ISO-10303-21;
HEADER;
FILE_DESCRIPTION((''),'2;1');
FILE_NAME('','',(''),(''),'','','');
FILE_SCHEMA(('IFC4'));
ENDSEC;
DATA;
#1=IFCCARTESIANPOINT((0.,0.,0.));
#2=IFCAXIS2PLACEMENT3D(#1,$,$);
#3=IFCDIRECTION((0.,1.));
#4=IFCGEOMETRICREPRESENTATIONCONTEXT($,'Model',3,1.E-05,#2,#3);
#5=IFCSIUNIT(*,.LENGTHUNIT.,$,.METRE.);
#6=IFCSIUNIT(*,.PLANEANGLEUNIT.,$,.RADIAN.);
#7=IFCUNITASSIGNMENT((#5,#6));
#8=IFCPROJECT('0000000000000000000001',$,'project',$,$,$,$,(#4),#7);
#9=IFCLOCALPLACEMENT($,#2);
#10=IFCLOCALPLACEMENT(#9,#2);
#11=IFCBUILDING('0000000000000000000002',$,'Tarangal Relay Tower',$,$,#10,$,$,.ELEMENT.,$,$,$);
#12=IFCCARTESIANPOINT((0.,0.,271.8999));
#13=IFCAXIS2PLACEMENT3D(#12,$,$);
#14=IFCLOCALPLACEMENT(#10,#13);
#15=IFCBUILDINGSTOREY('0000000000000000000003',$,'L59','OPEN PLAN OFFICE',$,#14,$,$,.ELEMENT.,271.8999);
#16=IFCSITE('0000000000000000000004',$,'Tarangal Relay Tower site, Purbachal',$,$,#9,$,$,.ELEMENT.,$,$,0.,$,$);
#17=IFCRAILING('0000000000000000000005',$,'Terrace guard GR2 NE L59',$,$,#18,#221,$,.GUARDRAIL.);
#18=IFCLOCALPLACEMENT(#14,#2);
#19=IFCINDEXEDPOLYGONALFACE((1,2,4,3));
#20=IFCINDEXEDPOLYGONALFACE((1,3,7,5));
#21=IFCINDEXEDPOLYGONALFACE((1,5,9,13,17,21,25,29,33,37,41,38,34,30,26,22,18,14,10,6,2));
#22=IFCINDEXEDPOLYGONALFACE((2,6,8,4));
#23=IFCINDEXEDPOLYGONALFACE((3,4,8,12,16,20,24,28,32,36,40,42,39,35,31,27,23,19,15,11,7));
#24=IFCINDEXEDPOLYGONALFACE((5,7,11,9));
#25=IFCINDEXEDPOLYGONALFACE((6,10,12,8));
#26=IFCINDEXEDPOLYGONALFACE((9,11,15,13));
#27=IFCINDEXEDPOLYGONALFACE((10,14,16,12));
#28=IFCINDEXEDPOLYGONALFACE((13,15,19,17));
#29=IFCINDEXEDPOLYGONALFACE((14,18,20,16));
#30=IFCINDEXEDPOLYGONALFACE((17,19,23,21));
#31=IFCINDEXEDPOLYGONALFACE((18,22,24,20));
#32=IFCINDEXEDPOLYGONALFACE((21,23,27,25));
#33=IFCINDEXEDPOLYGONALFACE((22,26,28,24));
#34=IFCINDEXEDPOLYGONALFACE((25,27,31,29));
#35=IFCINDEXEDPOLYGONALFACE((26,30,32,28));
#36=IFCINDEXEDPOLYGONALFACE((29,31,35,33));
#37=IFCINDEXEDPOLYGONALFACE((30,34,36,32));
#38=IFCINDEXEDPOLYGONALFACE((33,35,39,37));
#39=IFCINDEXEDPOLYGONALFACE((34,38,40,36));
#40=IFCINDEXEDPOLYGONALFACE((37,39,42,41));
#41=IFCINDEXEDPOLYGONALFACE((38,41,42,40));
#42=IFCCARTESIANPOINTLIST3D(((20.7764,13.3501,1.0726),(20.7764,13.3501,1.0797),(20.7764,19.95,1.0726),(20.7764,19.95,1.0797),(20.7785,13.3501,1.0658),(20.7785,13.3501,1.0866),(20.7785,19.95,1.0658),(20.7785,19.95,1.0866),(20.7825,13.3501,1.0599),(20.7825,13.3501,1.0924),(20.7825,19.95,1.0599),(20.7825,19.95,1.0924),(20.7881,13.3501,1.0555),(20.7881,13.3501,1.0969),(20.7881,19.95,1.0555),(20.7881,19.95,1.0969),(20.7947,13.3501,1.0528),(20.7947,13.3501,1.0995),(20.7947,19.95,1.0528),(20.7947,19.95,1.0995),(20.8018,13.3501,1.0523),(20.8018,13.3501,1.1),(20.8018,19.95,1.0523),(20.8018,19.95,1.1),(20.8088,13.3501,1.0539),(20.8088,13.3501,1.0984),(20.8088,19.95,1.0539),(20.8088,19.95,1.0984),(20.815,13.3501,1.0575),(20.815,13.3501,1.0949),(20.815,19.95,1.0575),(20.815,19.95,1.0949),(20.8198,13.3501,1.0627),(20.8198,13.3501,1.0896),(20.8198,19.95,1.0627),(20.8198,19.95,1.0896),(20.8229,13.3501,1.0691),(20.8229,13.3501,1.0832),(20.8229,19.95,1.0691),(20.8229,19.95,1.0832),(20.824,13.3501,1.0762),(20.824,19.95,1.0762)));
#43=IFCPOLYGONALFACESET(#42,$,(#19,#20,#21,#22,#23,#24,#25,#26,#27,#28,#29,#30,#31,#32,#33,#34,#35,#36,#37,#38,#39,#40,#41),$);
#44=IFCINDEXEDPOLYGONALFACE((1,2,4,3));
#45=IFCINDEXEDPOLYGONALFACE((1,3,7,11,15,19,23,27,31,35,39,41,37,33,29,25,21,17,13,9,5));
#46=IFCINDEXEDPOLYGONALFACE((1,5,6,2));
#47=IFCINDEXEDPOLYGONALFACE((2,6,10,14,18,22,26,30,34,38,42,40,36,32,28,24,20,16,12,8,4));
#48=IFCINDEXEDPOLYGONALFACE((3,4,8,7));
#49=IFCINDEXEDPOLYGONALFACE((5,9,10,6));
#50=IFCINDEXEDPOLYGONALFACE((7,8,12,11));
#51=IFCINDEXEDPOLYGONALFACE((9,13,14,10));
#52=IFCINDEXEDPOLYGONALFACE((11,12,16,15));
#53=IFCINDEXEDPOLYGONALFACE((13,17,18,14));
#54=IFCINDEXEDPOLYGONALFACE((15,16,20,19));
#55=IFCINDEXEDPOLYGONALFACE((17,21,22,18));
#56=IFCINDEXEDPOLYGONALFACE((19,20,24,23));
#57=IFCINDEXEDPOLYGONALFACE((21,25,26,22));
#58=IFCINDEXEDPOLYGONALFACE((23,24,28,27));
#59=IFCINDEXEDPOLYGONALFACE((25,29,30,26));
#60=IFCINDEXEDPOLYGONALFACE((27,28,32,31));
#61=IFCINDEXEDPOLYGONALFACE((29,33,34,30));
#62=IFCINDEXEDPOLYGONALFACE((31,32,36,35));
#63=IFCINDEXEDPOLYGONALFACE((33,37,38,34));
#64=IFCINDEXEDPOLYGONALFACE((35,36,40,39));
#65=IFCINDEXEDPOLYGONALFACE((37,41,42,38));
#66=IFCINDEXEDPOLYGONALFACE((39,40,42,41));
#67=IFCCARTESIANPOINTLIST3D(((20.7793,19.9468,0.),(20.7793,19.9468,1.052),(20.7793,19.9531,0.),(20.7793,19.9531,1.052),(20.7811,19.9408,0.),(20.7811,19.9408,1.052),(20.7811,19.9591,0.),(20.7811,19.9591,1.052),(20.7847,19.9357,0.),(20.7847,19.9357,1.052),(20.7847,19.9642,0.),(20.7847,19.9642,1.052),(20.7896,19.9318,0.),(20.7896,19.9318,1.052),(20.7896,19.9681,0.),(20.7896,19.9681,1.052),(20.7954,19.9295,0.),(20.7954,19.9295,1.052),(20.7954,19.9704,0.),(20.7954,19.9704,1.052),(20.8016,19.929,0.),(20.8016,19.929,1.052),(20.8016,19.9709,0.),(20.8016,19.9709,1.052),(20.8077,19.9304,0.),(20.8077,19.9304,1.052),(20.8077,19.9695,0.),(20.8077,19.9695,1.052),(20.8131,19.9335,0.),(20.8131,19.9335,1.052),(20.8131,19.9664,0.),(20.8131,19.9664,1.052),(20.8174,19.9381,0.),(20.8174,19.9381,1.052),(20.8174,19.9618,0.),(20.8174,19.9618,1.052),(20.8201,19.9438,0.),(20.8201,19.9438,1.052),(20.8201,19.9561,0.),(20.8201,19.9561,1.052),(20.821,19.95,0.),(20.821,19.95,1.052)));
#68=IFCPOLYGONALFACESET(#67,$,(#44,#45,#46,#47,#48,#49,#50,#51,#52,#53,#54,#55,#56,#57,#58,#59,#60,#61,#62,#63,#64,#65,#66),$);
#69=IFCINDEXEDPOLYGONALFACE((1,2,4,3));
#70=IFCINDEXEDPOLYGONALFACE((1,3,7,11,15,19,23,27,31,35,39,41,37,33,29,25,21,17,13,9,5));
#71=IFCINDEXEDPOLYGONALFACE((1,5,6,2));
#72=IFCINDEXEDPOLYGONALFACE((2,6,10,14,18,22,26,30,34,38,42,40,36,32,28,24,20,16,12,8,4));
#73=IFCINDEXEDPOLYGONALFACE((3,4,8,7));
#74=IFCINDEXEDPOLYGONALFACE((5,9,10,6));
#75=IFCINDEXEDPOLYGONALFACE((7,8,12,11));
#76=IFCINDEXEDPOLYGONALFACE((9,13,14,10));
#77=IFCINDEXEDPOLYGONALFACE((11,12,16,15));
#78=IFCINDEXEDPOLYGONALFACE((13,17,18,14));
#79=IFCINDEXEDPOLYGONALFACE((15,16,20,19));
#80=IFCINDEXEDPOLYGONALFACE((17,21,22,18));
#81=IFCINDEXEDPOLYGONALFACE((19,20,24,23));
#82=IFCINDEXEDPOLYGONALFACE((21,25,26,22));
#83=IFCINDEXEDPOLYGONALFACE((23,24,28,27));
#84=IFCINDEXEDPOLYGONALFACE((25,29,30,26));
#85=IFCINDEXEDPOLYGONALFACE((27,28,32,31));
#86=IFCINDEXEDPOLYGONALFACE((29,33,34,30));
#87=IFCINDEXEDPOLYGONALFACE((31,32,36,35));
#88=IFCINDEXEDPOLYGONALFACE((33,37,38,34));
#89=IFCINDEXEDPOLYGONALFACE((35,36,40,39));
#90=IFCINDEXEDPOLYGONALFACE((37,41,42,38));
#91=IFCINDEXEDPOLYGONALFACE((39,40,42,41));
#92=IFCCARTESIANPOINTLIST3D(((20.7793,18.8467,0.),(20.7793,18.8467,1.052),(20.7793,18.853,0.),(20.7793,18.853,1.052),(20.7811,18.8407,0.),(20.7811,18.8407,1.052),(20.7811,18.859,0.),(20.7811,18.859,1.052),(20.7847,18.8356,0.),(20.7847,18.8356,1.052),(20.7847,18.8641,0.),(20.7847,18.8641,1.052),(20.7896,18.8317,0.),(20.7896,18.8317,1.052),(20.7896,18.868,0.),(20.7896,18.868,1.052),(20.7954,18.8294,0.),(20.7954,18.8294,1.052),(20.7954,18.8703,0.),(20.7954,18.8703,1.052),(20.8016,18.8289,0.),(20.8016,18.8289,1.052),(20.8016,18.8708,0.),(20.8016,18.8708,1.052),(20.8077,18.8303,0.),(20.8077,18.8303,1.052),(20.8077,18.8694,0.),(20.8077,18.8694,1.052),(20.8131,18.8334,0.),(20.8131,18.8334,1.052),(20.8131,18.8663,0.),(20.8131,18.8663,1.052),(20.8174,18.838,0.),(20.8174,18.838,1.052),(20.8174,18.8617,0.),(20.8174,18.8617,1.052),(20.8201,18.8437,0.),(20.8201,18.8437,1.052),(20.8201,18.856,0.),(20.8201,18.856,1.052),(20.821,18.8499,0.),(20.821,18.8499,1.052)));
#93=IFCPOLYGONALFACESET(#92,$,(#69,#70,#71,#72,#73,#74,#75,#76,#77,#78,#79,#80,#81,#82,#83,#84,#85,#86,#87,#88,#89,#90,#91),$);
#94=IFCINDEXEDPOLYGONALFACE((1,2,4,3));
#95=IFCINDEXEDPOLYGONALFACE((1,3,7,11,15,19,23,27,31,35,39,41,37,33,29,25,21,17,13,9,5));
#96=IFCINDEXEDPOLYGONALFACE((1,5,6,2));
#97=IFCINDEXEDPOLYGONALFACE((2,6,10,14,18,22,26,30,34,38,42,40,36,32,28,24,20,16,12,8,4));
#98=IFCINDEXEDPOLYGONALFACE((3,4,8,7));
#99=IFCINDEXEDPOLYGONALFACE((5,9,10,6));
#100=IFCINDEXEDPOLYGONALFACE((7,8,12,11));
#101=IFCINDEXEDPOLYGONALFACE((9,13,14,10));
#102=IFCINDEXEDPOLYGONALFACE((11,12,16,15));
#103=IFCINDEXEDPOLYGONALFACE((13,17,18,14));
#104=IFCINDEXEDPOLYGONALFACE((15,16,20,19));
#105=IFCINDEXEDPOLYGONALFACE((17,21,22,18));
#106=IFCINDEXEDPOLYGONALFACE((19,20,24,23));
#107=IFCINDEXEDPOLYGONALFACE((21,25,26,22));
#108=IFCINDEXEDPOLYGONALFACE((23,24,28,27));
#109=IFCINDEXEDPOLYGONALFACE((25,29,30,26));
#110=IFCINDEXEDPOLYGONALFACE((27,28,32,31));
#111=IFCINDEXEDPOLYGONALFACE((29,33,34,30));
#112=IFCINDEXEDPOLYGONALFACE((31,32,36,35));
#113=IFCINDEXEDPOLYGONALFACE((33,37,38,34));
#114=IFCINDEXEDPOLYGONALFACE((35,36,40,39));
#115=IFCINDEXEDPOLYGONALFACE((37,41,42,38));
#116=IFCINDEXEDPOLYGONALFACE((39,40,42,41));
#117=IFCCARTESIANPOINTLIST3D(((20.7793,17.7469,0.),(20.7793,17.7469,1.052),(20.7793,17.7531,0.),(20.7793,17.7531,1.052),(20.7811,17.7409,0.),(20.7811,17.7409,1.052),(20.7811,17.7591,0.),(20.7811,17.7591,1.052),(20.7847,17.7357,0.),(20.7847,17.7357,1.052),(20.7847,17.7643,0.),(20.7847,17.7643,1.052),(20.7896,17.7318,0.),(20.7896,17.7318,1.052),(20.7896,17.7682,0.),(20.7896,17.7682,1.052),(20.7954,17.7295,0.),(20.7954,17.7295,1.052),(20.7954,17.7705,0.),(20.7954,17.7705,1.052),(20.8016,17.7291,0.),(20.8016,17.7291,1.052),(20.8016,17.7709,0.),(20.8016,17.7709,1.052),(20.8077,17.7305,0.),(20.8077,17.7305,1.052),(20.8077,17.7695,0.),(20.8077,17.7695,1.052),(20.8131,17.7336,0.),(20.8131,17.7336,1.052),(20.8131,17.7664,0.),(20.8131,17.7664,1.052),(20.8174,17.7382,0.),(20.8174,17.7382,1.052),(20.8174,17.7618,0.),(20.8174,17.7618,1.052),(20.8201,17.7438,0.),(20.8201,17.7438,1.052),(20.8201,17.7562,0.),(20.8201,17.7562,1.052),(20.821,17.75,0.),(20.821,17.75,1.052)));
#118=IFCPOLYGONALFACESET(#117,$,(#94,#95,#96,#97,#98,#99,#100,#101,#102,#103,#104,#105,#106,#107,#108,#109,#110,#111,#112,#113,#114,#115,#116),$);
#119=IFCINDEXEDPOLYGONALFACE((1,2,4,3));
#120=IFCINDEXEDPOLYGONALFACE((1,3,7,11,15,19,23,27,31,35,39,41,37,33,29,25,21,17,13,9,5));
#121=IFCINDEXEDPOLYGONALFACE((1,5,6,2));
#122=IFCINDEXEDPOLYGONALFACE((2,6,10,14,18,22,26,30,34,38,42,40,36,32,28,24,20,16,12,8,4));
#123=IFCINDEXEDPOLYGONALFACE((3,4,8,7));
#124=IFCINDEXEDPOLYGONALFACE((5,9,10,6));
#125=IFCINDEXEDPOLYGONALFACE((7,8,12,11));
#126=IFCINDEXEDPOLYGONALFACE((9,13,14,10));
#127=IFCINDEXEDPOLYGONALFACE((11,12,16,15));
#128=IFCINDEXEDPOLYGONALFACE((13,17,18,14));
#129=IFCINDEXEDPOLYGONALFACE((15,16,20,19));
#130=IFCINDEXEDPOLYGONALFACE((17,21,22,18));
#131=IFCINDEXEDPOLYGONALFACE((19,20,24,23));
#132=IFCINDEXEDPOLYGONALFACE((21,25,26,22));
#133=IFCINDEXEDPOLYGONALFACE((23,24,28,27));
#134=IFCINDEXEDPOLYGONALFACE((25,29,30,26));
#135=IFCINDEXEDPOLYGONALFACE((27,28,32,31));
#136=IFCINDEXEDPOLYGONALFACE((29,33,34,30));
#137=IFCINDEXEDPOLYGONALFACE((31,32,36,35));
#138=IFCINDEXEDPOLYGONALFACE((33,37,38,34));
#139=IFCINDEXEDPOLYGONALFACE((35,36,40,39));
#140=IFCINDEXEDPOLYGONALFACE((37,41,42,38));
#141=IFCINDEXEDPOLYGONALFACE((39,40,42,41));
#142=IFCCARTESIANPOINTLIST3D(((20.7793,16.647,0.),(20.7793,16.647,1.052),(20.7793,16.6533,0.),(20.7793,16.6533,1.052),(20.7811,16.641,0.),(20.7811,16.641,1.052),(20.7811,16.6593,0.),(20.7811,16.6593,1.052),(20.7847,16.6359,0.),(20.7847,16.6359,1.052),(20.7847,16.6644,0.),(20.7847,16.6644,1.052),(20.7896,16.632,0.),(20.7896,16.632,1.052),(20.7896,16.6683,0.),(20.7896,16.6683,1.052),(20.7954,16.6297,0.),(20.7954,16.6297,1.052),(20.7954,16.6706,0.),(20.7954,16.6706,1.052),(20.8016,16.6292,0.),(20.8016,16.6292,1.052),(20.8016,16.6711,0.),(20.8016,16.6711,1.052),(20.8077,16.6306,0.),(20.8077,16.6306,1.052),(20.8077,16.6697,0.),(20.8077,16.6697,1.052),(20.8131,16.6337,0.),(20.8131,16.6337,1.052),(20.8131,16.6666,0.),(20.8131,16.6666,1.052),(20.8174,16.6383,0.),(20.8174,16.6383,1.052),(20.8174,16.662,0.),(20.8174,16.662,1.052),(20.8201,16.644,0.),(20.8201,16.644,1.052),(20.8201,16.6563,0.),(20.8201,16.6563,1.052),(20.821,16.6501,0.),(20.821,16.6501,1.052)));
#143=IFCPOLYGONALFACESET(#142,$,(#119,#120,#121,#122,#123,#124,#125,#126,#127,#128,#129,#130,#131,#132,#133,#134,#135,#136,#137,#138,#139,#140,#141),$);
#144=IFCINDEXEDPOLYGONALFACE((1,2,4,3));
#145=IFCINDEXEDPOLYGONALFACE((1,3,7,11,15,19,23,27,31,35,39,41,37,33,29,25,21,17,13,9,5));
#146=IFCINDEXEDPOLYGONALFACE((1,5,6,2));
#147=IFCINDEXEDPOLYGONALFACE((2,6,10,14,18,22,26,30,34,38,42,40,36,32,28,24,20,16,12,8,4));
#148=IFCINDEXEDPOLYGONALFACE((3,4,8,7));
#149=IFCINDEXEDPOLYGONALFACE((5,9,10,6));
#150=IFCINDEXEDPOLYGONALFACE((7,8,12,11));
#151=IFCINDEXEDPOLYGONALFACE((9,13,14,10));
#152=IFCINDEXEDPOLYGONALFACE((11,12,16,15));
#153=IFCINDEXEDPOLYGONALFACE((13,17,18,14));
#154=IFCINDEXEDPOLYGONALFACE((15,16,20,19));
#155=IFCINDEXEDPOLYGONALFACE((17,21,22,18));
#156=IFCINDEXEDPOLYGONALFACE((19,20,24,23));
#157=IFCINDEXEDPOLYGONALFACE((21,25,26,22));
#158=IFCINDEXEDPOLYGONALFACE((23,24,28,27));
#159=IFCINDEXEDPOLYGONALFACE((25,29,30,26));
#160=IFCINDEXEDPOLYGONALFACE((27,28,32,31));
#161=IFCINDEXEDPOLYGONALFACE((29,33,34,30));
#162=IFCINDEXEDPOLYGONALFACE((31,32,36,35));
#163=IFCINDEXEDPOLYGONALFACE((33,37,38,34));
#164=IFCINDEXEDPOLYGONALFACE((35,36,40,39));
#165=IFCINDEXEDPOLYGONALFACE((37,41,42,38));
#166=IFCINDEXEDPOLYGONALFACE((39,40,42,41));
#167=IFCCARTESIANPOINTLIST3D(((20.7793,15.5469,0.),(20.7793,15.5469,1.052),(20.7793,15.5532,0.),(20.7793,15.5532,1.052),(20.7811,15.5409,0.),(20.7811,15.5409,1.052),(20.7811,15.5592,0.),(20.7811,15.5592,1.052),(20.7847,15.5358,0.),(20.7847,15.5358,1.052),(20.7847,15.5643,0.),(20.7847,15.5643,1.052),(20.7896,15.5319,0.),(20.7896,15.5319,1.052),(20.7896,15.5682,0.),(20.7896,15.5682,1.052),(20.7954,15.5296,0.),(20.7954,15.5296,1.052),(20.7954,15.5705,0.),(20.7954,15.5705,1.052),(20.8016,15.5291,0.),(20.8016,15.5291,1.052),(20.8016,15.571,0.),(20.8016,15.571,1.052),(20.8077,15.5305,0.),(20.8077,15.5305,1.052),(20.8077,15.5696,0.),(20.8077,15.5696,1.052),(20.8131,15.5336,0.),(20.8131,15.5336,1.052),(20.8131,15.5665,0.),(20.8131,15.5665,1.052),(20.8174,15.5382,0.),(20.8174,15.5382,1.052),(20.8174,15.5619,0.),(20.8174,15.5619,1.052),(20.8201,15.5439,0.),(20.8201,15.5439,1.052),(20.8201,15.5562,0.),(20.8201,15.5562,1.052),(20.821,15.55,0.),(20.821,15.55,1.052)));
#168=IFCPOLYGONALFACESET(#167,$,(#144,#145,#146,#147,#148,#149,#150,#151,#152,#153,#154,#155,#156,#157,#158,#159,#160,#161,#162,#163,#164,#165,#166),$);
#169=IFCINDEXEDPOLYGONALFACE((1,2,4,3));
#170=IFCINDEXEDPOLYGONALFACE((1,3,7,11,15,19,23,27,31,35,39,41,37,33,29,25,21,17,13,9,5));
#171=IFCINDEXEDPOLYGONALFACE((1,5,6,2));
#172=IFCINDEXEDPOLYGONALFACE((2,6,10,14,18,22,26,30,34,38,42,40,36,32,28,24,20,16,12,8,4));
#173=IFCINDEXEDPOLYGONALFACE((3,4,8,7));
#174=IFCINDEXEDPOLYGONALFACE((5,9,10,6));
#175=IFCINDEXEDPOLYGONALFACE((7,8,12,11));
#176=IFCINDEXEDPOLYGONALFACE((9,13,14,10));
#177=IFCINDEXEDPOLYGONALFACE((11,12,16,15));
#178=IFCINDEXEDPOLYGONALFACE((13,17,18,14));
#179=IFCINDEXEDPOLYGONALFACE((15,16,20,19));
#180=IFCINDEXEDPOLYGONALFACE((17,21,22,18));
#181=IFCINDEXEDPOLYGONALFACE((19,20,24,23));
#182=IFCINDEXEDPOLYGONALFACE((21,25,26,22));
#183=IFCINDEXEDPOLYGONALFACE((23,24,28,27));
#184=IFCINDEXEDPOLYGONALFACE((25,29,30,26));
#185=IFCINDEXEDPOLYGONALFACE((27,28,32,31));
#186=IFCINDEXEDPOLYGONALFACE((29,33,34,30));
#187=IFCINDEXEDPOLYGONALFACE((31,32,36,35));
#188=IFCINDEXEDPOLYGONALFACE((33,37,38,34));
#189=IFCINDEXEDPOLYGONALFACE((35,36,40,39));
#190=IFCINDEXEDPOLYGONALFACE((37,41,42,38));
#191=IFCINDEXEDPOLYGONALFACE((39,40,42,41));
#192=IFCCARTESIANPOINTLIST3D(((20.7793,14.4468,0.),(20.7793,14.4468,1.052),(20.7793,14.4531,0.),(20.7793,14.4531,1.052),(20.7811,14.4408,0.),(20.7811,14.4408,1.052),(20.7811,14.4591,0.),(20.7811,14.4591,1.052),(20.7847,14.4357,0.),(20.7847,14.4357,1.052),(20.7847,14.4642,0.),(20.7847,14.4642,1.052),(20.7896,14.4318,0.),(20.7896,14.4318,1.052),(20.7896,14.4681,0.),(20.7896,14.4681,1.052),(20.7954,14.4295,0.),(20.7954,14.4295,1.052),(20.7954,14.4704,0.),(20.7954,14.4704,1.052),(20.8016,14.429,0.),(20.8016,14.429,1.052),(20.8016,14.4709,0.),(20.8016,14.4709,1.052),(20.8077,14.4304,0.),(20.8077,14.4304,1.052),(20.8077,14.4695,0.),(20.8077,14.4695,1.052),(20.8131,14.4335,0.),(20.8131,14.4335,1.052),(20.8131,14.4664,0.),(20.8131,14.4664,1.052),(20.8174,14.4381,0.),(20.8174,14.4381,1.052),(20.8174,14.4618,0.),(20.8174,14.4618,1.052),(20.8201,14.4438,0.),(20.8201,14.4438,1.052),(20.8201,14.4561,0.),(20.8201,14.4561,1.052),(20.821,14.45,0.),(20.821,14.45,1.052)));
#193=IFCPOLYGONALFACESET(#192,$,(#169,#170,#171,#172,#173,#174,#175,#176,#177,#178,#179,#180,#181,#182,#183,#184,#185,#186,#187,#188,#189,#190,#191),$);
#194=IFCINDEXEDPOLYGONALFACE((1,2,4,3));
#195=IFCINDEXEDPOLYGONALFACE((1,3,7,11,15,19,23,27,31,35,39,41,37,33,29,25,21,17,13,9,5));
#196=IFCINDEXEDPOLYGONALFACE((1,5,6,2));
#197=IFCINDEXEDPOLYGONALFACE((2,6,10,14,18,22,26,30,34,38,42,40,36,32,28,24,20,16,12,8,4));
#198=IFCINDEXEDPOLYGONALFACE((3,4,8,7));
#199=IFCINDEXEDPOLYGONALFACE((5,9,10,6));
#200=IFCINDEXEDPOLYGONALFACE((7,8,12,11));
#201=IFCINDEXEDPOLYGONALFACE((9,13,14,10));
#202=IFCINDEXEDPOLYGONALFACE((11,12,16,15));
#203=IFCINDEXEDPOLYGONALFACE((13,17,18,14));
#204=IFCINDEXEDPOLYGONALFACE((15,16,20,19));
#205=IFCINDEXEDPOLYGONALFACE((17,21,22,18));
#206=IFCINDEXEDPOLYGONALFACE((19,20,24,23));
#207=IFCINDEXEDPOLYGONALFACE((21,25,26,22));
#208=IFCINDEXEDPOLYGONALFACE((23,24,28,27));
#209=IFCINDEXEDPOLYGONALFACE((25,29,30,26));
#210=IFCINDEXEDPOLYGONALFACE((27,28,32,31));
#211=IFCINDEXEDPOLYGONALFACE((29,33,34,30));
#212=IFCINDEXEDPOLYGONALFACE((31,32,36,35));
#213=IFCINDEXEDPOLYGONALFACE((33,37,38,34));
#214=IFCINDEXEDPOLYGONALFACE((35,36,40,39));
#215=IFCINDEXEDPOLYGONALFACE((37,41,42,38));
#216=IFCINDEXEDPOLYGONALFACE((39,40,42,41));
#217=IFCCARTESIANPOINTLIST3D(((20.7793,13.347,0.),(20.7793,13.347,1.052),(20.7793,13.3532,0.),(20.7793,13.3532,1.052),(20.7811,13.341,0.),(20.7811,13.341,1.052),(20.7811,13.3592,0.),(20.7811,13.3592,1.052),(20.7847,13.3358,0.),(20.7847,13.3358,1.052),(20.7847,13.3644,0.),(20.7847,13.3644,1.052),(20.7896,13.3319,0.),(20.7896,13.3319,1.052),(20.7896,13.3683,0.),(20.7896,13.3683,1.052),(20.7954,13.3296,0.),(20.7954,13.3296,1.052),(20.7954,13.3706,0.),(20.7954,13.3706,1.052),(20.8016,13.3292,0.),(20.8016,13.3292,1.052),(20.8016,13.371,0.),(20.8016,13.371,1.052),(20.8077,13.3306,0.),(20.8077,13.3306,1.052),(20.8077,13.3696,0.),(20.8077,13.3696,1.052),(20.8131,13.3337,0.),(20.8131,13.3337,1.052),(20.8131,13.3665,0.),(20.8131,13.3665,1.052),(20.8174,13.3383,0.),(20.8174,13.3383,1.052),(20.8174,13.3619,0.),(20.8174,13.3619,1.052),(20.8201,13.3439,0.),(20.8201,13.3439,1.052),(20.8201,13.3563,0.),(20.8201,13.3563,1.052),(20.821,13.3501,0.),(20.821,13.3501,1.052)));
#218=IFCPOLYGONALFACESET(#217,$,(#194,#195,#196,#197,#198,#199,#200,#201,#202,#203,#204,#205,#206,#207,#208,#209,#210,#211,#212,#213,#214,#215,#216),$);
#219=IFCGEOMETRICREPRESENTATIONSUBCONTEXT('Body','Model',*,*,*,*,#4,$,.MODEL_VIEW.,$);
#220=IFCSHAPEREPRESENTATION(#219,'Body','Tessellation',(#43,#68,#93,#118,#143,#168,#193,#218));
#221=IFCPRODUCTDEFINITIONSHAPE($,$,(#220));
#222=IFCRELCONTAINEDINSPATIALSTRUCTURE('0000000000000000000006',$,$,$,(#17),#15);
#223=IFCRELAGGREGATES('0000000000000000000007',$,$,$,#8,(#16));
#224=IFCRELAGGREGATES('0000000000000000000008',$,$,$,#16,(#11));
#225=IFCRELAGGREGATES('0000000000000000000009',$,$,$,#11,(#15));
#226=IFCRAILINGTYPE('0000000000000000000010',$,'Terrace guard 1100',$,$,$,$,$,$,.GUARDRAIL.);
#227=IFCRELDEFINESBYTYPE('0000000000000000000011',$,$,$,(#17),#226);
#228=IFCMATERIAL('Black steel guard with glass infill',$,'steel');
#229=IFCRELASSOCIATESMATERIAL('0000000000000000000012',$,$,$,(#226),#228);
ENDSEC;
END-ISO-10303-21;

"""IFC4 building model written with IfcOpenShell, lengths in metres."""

from ifc_helpers import new_model, si_unit, direction, frame, origin, origin_2d, place, context, subcontext, project, spatial, circle, extrude, material, type_object, element, save


model = new_model("IFC4")

# Units and contexts
model_context = context("Model", 3, precision=1e-05, world=origin(), true_north=direction((0.0, 1.0)))
body_context = subcontext(model_context, "Body", "Model", "MODEL_VIEW")
ifc_project = project(units=[si_unit("LENGTHUNIT", "METRE"), si_unit("PLANEANGLEUNIT", "RADIAN")], contexts=[model_context])

# Site, building, storey
site_placement = place(None, origin())
site = spatial("IfcSite", under=ifc_project, at=site_placement, Name="Tarangal Relay Tower site, Purbachal", CompositionType="ELEMENT", RefElevation=0.0)
building_placement = place(site_placement, origin())
building = spatial("IfcBuilding", under=site, at=building_placement, Name="Tarangal Relay Tower", CompositionType="ELEMENT")
storey_placement = place(building_placement, frame((0.0, 0.0, 271.8999)))
storey = spatial("IfcBuildingStorey", under=building, at=storey_placement, Name="L59", Description="OPEN PLAN OFFICE", CompositionType="ELEMENT", Elevation=271.8999)

# Railing
ifc_material_1 = material(Name="Black steel guard with glass infill", Category="steel")
railing_type = type_object("IfcRailingType", Name="Terrace guard 1100", PredefinedType="GUARDRAIL", material=ifc_material_1)
railing_1_placement = place(storey_placement, frame((20.8, 19.95, 0.0)))
element("IfcRailing", 1, at=railing_1_placement, inside=storey, type_object=railing_type, Name="Terrace guard GR2 NE L59", PredefinedType="GUARDRAIL", context=body_context, shape_type="SweptSolid", body=[
    extrude(circle(Radius=0.0239, at=origin_2d()), frame((0.0, 0.0, 1.0762), z_axis=(0.0, -1.0, 0.0), x_axis=(1.0, 0.0, 0.0)), (0.0, 0.0, 1.0), 6.5999),
    extrude(circle(Radius=0.021, at=origin_2d()), origin(), (0.0, 0.0, 1.0), 1.052),
    extrude(circle(Radius=0.021, at=origin_2d()), frame((0.0, -1.1001, 0.0)), (0.0, 0.0, 1.0), 1.052),
    extrude(circle(Radius=0.021, at=origin_2d()), frame((0.0, -2.2, 0.0)), (0.0, 0.0, 1.0), 1.052),
    extrude(circle(Radius=0.021, at=origin_2d()), frame((0.0, -3.2998, 0.0)), (0.0, 0.0, 1.0), 1.052),
    extrude(circle(Radius=0.021, at=origin_2d()), frame((0.0, -4.3999, 0.0)), (0.0, 0.0, 1.0), 1.052),
    extrude(circle(Radius=0.021, at=origin_2d()), frame((0.0, -5.5, 0.0)), (0.0, 0.0, 1.0), 1.052),
    extrude(circle(Radius=0.021, at=origin_2d()), frame((0.0, -6.5999, 0.0)), (0.0, 0.0, 1.0), 1.052),
])

save(model, "model.ifc")
